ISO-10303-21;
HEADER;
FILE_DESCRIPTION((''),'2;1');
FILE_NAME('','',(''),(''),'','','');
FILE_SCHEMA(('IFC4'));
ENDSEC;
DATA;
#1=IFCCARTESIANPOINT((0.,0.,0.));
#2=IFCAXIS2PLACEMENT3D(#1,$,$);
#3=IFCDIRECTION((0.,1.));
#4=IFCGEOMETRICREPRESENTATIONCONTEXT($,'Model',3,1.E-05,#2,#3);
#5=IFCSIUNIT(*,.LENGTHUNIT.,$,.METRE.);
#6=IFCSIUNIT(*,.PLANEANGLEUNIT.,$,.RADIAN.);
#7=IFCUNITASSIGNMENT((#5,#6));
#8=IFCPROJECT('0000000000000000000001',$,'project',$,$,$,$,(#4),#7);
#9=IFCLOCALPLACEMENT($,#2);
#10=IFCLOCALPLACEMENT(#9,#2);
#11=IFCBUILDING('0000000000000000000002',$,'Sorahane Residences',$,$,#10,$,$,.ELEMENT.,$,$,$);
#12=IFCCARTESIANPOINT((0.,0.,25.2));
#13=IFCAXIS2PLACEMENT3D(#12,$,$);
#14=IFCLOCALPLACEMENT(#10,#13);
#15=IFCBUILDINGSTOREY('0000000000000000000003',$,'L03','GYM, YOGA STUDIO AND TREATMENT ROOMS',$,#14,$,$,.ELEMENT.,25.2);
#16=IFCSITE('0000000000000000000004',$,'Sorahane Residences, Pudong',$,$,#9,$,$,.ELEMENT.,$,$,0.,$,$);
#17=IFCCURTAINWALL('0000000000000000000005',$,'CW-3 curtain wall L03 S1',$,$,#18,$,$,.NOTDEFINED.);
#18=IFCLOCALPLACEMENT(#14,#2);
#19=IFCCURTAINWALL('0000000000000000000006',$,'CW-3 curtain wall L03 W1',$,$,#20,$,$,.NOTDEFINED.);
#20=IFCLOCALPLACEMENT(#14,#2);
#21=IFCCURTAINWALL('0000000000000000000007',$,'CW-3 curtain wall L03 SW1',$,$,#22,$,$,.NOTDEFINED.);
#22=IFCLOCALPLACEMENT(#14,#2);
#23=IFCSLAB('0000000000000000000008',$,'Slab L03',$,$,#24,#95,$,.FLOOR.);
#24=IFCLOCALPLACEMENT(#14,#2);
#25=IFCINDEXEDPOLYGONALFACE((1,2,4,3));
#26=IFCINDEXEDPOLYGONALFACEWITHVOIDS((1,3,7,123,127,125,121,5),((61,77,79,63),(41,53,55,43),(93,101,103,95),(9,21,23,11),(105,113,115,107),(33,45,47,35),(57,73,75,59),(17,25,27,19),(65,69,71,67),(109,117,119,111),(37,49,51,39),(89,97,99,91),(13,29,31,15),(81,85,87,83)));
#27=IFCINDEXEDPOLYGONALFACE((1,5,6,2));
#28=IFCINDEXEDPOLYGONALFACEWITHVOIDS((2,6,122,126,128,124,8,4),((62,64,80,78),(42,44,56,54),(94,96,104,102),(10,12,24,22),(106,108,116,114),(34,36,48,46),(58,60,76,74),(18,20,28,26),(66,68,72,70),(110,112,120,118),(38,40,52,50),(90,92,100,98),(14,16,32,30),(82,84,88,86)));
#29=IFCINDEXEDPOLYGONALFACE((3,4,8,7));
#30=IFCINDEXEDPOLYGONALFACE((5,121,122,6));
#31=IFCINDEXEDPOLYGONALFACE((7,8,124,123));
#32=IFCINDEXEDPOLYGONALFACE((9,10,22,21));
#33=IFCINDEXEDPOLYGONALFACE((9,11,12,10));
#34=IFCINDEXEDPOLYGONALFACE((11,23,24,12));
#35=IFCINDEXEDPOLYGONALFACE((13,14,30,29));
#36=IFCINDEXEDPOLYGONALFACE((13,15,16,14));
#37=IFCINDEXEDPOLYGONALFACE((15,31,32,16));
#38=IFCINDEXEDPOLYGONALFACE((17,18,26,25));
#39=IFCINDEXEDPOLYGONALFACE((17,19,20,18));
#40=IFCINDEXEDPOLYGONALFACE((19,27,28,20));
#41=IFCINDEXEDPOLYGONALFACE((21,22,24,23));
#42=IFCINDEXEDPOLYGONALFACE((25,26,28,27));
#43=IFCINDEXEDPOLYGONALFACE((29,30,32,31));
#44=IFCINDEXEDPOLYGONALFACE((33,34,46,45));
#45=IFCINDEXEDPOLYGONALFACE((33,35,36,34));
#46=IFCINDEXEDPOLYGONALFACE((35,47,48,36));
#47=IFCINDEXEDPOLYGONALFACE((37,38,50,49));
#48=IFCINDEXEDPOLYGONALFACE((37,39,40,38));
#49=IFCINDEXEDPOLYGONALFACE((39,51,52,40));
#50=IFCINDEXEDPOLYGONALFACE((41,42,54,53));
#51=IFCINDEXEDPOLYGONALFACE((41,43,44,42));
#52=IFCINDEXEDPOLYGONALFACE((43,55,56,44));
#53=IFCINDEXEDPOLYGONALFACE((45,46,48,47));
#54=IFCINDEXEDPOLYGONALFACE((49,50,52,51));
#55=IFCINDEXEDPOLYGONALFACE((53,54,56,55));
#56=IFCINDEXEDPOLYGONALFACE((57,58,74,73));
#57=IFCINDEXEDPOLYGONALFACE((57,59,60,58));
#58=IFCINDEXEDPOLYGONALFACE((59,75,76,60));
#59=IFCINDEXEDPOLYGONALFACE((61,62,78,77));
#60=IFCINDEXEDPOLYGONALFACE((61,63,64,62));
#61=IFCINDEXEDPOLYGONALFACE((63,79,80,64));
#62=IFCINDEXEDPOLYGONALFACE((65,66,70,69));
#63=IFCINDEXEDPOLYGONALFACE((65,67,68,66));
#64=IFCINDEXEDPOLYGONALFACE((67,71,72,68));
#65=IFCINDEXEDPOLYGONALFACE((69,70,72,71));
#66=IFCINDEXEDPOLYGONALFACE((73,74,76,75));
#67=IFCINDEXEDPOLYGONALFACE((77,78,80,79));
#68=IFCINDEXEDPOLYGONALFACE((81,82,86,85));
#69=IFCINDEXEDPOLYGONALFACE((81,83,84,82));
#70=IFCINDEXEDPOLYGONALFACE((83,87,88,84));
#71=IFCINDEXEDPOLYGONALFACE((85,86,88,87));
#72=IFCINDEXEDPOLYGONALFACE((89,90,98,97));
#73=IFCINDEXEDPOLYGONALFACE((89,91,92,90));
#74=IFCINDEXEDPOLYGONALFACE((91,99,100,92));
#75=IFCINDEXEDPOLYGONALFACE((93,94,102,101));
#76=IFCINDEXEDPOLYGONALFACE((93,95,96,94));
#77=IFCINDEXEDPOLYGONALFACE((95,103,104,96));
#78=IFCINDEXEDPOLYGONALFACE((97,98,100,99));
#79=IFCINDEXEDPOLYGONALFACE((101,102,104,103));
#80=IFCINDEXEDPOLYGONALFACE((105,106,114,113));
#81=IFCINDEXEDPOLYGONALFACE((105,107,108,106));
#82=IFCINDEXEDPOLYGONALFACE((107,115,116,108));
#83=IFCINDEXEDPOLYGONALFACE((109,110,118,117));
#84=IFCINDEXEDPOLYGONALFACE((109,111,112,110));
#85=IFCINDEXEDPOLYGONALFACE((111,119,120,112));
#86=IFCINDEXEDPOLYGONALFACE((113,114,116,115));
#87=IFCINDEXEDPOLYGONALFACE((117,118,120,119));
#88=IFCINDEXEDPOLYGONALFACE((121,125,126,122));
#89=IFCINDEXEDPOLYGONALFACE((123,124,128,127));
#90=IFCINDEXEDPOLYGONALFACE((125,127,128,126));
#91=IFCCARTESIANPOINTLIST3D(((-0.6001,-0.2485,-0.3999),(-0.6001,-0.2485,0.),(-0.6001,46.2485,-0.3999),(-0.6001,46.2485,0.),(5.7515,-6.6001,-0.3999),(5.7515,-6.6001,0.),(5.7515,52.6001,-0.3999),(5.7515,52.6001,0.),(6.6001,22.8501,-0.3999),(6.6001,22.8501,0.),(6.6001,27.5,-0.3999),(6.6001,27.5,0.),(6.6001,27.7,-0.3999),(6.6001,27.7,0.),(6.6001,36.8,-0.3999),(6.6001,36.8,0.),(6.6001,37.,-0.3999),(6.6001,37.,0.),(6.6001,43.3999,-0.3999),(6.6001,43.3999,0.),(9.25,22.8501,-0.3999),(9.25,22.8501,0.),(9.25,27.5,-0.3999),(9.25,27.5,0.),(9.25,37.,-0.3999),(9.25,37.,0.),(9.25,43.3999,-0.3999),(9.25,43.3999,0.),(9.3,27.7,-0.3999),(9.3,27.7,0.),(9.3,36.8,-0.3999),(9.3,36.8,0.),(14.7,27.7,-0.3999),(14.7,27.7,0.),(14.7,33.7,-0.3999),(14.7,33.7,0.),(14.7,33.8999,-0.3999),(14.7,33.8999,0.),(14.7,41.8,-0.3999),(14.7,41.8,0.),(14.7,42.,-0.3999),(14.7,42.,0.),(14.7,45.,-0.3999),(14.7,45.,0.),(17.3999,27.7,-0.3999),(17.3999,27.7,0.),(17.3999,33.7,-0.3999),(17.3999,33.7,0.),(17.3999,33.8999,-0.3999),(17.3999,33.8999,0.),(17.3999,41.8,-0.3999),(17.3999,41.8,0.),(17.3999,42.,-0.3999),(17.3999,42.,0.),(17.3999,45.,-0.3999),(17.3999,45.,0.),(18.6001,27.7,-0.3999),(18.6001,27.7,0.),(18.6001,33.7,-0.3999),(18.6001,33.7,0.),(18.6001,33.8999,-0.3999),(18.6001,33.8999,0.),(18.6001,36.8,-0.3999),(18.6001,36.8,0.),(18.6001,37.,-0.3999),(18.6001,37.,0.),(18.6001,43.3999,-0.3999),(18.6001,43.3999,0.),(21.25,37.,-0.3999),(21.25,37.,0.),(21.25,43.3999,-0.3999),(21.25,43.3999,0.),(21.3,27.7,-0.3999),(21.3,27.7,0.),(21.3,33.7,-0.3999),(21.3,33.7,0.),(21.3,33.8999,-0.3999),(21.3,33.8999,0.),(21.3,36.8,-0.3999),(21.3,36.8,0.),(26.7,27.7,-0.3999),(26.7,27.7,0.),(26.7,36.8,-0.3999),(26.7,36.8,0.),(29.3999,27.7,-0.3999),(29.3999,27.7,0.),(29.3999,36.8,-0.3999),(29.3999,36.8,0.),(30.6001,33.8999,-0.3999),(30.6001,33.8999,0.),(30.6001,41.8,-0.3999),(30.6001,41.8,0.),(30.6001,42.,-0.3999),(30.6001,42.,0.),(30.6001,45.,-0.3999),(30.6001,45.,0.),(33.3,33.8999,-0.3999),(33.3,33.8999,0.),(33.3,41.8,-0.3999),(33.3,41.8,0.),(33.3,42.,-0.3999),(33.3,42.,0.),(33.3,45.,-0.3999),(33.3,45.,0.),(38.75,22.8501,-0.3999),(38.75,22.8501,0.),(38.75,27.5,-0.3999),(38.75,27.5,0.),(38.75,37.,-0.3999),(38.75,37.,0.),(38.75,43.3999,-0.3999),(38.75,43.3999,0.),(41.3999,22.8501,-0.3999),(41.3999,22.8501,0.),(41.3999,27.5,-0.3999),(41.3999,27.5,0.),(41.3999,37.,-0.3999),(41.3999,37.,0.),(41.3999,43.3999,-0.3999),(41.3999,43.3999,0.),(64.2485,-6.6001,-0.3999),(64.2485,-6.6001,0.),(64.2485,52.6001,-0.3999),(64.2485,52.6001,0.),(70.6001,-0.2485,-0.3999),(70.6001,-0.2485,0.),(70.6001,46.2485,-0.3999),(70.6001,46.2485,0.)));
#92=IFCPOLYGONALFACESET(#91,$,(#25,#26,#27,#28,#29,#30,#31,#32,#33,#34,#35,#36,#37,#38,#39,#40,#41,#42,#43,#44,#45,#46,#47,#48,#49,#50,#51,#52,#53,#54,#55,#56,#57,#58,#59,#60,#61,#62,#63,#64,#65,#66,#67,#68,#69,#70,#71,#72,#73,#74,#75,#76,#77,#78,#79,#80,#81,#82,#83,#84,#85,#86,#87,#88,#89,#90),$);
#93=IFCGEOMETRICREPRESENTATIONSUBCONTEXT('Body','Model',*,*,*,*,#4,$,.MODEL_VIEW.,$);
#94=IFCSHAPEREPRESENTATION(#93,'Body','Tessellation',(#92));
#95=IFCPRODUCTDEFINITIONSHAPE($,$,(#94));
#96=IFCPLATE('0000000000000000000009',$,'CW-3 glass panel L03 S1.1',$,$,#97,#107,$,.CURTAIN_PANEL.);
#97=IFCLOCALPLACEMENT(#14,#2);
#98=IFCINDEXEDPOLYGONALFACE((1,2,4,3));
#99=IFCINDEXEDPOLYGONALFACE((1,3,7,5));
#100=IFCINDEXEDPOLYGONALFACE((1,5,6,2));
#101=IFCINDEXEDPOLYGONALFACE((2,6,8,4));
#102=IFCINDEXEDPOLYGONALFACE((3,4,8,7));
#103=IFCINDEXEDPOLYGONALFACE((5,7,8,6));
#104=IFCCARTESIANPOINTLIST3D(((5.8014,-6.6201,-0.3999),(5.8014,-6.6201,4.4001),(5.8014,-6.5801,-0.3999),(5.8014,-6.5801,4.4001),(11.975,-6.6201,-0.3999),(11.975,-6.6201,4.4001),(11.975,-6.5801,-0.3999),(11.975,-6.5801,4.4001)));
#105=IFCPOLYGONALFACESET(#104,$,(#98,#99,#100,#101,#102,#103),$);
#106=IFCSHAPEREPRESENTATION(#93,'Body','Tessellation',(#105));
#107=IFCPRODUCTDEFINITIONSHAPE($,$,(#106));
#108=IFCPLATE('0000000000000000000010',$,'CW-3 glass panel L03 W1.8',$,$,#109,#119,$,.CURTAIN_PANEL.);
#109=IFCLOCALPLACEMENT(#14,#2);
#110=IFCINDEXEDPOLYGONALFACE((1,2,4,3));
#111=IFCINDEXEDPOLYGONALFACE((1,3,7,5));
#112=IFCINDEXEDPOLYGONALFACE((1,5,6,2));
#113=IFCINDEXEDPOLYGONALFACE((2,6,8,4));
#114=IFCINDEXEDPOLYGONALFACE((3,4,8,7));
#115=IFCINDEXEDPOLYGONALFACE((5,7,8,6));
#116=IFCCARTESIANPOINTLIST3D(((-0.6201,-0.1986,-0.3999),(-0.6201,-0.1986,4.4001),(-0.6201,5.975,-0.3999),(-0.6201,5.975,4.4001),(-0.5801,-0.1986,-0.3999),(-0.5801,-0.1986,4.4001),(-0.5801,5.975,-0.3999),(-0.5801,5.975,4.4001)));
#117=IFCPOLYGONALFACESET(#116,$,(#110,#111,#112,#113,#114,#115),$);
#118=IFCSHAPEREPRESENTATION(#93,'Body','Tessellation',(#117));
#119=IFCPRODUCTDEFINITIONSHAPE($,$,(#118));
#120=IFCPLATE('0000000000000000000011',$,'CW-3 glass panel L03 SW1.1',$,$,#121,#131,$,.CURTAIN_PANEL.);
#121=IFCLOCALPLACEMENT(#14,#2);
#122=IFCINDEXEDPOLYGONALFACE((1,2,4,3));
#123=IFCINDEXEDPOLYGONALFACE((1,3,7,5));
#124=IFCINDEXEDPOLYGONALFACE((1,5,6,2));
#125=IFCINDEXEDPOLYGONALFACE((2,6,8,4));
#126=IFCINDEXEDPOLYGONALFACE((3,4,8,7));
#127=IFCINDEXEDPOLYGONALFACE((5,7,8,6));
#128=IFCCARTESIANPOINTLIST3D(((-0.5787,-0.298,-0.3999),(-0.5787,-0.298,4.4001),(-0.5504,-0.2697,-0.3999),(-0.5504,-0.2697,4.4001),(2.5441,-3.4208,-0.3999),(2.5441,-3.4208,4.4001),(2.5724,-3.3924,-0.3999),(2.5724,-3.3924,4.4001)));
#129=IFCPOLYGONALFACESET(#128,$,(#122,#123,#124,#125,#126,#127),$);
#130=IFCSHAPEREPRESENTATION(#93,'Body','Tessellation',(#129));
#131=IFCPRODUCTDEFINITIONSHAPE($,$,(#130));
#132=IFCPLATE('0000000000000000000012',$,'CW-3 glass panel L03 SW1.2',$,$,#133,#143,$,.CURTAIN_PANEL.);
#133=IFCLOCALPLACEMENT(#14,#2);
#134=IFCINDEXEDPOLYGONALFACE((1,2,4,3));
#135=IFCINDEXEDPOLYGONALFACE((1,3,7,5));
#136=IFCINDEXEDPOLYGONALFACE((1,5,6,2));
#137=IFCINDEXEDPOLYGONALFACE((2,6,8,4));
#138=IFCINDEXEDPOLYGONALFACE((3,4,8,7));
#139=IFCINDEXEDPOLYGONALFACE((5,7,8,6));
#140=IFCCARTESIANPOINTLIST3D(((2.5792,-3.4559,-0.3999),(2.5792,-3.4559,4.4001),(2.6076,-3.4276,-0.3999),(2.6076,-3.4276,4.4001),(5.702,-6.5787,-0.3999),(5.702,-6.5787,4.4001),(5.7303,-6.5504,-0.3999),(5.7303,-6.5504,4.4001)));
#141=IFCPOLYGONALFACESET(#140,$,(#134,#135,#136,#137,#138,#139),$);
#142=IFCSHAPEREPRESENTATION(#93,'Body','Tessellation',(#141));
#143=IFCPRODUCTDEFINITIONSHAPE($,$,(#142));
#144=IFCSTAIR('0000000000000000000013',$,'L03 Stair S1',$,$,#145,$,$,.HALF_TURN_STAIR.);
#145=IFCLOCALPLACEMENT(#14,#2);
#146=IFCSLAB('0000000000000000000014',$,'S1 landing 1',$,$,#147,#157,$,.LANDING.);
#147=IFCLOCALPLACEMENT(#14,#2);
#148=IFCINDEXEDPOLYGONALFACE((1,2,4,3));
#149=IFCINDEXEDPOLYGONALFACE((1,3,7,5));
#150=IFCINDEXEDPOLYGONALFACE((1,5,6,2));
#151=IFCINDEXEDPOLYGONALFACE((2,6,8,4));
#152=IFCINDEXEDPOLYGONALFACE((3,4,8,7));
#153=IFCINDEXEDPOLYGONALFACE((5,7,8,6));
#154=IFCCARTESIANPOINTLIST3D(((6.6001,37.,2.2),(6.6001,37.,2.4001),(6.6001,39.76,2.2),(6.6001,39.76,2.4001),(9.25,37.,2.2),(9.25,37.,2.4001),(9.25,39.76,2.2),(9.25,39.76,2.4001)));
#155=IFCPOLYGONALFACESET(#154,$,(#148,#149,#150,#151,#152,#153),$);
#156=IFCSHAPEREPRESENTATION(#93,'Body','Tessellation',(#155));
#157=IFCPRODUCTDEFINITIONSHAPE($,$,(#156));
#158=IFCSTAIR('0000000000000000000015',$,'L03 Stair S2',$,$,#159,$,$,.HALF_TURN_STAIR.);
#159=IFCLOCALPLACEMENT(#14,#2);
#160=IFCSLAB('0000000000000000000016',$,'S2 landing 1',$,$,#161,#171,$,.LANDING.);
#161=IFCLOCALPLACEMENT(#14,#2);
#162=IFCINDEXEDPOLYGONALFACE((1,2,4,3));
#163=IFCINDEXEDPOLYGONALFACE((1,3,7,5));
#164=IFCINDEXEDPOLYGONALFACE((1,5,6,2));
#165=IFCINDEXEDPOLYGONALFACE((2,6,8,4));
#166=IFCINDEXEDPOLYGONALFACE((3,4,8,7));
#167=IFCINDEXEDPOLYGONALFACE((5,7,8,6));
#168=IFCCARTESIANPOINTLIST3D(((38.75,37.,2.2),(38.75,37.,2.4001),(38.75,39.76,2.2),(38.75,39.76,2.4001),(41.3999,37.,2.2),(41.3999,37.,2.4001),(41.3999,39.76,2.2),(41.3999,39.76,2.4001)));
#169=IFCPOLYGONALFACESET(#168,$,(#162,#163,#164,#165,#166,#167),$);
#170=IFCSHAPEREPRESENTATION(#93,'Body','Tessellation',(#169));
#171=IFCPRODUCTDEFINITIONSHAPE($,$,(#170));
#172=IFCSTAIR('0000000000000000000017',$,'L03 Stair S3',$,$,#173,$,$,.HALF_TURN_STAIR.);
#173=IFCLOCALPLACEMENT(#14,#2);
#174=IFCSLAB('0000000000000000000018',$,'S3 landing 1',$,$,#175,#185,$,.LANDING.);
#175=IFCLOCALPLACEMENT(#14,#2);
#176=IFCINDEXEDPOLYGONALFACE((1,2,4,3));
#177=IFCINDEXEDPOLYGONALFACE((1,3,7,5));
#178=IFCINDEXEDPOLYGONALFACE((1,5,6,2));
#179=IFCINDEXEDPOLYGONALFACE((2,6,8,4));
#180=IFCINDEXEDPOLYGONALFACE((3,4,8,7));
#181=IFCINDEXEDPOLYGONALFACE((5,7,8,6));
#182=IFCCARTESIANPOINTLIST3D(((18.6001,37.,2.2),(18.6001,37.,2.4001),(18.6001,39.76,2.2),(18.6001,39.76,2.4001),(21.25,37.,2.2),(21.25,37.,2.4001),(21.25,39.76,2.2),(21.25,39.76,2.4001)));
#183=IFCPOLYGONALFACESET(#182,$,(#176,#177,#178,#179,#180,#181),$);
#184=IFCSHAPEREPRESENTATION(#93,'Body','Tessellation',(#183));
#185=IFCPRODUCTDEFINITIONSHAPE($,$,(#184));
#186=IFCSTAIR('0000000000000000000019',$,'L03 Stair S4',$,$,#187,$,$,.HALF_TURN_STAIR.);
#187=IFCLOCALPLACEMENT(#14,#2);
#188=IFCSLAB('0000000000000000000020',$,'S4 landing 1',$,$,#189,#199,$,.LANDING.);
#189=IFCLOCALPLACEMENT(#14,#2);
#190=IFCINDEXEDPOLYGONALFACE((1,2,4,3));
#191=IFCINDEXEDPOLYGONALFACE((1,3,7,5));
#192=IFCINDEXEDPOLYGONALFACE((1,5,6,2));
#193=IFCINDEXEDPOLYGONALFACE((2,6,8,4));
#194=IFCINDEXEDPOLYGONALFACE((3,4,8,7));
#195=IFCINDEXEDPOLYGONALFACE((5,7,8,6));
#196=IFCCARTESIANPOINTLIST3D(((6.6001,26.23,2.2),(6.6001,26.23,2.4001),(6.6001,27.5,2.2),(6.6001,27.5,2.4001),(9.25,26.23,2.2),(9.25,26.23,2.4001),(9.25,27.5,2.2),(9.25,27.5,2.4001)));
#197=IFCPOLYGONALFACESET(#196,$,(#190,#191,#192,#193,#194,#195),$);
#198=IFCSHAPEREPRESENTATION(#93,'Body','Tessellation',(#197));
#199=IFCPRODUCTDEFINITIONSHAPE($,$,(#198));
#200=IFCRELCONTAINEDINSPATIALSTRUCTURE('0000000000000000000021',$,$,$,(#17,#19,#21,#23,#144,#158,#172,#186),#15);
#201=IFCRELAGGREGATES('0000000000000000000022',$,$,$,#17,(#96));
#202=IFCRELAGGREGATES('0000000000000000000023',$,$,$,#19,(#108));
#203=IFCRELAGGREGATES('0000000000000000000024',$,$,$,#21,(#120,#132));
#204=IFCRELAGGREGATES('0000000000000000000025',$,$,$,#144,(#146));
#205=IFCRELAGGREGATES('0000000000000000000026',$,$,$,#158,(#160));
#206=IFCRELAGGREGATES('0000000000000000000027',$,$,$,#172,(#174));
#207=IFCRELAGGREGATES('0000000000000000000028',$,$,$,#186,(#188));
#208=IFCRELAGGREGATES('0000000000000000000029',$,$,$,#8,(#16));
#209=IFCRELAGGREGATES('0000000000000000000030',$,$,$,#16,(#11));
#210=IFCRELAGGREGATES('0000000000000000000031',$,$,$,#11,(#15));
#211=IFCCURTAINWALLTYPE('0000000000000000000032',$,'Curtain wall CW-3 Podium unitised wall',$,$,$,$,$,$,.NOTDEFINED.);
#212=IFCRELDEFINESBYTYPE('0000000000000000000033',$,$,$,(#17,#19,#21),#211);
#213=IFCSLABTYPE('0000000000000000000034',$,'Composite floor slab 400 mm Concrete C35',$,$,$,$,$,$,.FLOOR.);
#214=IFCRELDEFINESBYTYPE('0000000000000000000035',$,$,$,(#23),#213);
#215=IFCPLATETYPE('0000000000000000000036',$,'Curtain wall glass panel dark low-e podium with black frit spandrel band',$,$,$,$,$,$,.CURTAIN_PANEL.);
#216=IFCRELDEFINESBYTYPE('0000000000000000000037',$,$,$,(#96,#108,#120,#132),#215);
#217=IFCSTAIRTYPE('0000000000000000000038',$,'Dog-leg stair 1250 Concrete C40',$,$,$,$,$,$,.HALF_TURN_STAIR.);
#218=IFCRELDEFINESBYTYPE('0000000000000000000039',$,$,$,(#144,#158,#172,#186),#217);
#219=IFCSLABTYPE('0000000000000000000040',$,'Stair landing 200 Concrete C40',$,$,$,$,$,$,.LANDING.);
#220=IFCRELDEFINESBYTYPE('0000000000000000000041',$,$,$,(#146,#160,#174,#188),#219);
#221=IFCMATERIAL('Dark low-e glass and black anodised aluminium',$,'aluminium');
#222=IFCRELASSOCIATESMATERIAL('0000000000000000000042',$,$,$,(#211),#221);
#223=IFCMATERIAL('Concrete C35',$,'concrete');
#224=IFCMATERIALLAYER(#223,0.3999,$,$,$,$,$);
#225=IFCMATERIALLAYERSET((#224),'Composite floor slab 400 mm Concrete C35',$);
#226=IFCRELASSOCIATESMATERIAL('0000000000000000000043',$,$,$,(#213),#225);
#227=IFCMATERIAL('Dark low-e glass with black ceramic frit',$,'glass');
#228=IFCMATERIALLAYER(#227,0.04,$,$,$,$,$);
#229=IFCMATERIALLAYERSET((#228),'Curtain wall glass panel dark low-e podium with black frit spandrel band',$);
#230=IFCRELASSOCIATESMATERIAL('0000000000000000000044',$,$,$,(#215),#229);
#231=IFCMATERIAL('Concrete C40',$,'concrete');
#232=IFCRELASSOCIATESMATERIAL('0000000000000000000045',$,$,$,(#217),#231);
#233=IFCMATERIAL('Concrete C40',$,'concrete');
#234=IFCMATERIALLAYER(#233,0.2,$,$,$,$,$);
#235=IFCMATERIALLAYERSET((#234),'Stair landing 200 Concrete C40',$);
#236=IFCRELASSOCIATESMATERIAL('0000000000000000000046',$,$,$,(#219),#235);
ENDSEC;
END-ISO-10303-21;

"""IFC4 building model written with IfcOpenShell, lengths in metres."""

from ifc_helpers import new_model, si_unit, direction, frame, origin, origin_2d, place, context, subcontext, project, spatial, polyline, rectangle, outline, extrude, material, layer, layer_set, type_object, element, aggregate, save


model = new_model("IFC4")

# Units and contexts
model_context = context("Model", 3, precision=1e-05, world=origin(), true_north=direction((0.0, 1.0)))
body_context = subcontext(model_context, "Body", "Model", "MODEL_VIEW")
ifc_project = project(units=[si_unit("LENGTHUNIT", "METRE"), si_unit("PLANEANGLEUNIT", "RADIAN")], contexts=[model_context])

# Site, building, storey
site_placement = place(None, origin())
site = spatial("IfcSite", under=ifc_project, at=site_placement, Name="Sorahane Residences, Pudong", CompositionType="ELEMENT", RefElevation=0.0)
building_placement = place(site_placement, origin())
building = spatial("IfcBuilding", under=site, at=building_placement, Name="Sorahane Residences", CompositionType="ELEMENT")
storey_placement = place(building_placement, frame((0.0, 0.0, 25.2)))
storey = spatial("IfcBuildingStorey", under=building, at=storey_placement, Name="L03", Description="GYM, YOGA STUDIO AND TREATMENT ROOMS", CompositionType="ELEMENT", Elevation=25.2)

# Curtain walls
ifc_material_1 = material(Name="Dark low-e glass and black anodised aluminium", Category="aluminium")
curtain_wall_type = type_object("IfcCurtainWallType", Name="Curtain wall CW-3 Podium unitised wall", PredefinedType="NOTDEFINED", material=ifc_material_1)
curtain_wall_1_placement = place(storey_placement, origin())
curtain_wall_1 = element("IfcCurtainWall", 1, at=curtain_wall_1_placement, inside=storey, type_object=curtain_wall_type, Name="CW-3 curtain wall L03 S1", PredefinedType="NOTDEFINED")
curtain_wall_2_placement = place(storey_placement, origin())
curtain_wall_2 = element("IfcCurtainWall", 2, at=curtain_wall_2_placement, inside=storey, type_object=curtain_wall_type, Name="CW-3 curtain wall L03 W1", PredefinedType="NOTDEFINED")

# Curtain wall
curtain_wall_3_placement = place(storey_placement, origin())
curtain_wall_3 = element("IfcCurtainWall", 3, at=curtain_wall_3_placement, inside=storey, type_object=curtain_wall_type, Name="CW-3 curtain wall L03 SW1", PredefinedType="NOTDEFINED")

# Slab
ifc_material_2 = material(Name="Concrete C35", Category="concrete")
ifc_layer_1 = layer(ifc_material_2, 0.3999)
ifc_layer_set_1 = layer_set([ifc_layer_1], Name="Composite floor slab 400 mm Concrete C35")
slab_type_1 = type_object("IfcSlabType", Name="Composite floor slab 400 mm Concrete C35", PredefinedType="FLOOR", material=ifc_layer_set_1)
slab_1_placement = place(storey_placement, frame((0.0, 0.0, -0.3999)))
element("IfcSlab", 4, at=slab_1_placement, inside=storey, type_object=slab_type_1, Name="Slab L03", PredefinedType="FLOOR", context=body_context, shape_type="SweptSolid", body=[
    extrude(outline(polyline([(5.7515, -6.6001), (-0.6001, -0.2485), (-0.6001, 46.2485), (5.7515, 52.6001), (64.2485, 52.6001), (70.6001, 46.2485), (70.6001, -0.2485), (64.2485, -6.6001), (5.7515, -6.6001)]), holes=[polyline([(18.6001, 27.7), (21.3, 27.7), (21.3, 33.7), (18.6001, 33.7), (18.6001, 27.7)]), polyline([(30.6001, 42.0), (33.3, 42.0), (33.3, 45.0), (30.6001, 45.0), (30.6001, 42.0)]), polyline([(14.7, 27.7), (17.3999, 27.7), (17.3999, 33.7), (14.7, 33.7), (14.7, 27.7)]), polyline([(14.7, 42.0), (17.3999, 42.0), (17.3999, 45.0), (14.7, 45.0), (14.7, 42.0)]), polyline([(6.6001, 27.7), (9.3, 27.7), (9.3, 36.8), (6.6001, 36.8), (6.6001, 27.7)]), polyline([(6.6001, 43.3999), (6.6001, 37.0), (9.25, 37.0), (9.25, 43.3999), (6.6001, 43.3999)]), polyline([(38.75, 43.3999), (38.75, 37.0), (41.3999, 37.0), (41.3999, 43.3999), (38.75, 43.3999)]), polyline([(18.6001, 43.3999), (18.6001, 37.0), (21.25, 37.0), (21.25, 43.3999), (18.6001, 43.3999)]), polyline([(9.25, 22.8501), (9.25, 27.5), (6.6001, 27.5), (6.6001, 22.8501), (9.25, 22.8501)]), polyline([(41.3999, 22.8501), (41.3999, 27.5), (38.75, 27.5), (38.75, 22.8501), (41.3999, 22.8501)]), polyline([(14.7, 33.8999), (17.3999, 33.8999), (17.3999, 41.8), (14.7, 41.8), (14.7, 33.8999)]), polyline([(30.6001, 33.8999), (33.3, 33.8999), (33.3, 41.8), (30.6001, 41.8), (30.6001, 33.8999)]), polyline([(18.6001, 33.8999), (21.3, 33.8999), (21.3, 36.8), (18.6001, 36.8), (18.6001, 33.8999)]), polyline([(26.7, 27.7), (29.3999, 27.7), (29.3999, 36.8), (26.7, 36.8), (26.7, 27.7)])]), origin(), (0.0, 0.0, 1.0), 0.3999),
])

# Plates
ifc_material_3 = material(Name="Dark low-e glass with black ceramic frit", Category="glass")
ifc_layer_2 = layer(ifc_material_3, 0.04)
ifc_layer_set_2 = layer_set([ifc_layer_2], Name="Curtain wall glass panel dark low-e podium with black frit spandrel band")
plate_type = type_object("IfcPlateType", Name="Curtain wall glass panel dark low-e podium with black frit spandrel band", PredefinedType="CURTAIN_PANEL", material=ifc_layer_set_2)
plate_1_placement = place(storey_placement, frame((8.8882, -6.6001, -0.3999), z_axis=(0.0, 0.0, 1.0), x_axis=(1.0, 0.0, 0.0)))
plate_1 = element("IfcPlate", 5, at=plate_1_placement, type_object=plate_type, Name="CW-3 glass panel L03 S1.1", PredefinedType="CURTAIN_PANEL", context=body_context, shape_type="SweptSolid", body=[
    extrude(rectangle(XDim=6.1736, YDim=0.04, at=origin_2d()), origin(), (0.0, 0.0, 1.0), 4.8),
])
aggregate(curtain_wall_1, [plate_1])
plate_2_placement = place(storey_placement, frame((-0.6001, 2.8882, -0.3999), z_axis=(0.0, 0.0, 1.0), x_axis=(0.0, -1.0, 0.0)))
plate_2 = element("IfcPlate", 6, at=plate_2_placement, type_object=plate_type, Name="CW-3 glass panel L03 W1.8", PredefinedType="CURTAIN_PANEL", context=body_context, shape_type="SweptSolid", body=[
    extrude(rectangle(XDim=6.1736, YDim=0.04, at=origin_2d()), origin(), (0.0, 0.0, 1.0), 4.8),
])
aggregate(curtain_wall_2, [plate_2])
plate_3_placement = place(storey_placement, frame((0.9968, -1.8452, -0.3999), z_axis=(0.0, 0.0, 1.0), x_axis=(0.707107, -0.707107, 0.0)))
plate_3 = element("IfcPlate", 7, at=plate_3_placement, type_object=plate_type, Name="CW-3 glass panel L03 SW1.1", PredefinedType="CURTAIN_PANEL", context=body_context, shape_type="SweptSolid", body=[
    extrude(rectangle(XDim=4.4163, YDim=0.04, at=origin_2d()), origin(), (0.0, 0.0, 1.0), 4.8),
])
plate_4_placement = place(storey_placement, frame((4.1548, -5.0032, -0.3999), z_axis=(0.0, 0.0, 1.0), x_axis=(0.707107, -0.707107, 0.0)))
plate_4 = element("IfcPlate", 8, at=plate_4_placement, type_object=plate_type, Name="CW-3 glass panel L03 SW1.2", PredefinedType="CURTAIN_PANEL", context=body_context, shape_type="SweptSolid", body=[
    extrude(rectangle(XDim=4.4163, YDim=0.04, at=origin_2d()), origin(), (0.0, 0.0, 1.0), 4.8),
])
aggregate(curtain_wall_3, [plate_3, plate_4])

# Stairs, slabs
ifc_material_4 = material(Name="Concrete C40", Category="concrete")
stair_type = type_object("IfcStairType", Name="Dog-leg stair 1250 Concrete C40", PredefinedType="HALF_TURN_STAIR", material=ifc_material_4)
stair_1_placement = place(storey_placement, origin())
stair_1 = element("IfcStair", 9, at=stair_1_placement, inside=storey, type_object=stair_type, Name="L03 Stair S1", PredefinedType="HALF_TURN_STAIR")
ifc_material_5 = material(Name="Concrete C40", Category="concrete")
ifc_layer_3 = layer(ifc_material_5, 0.2)
ifc_layer_set_3 = layer_set([ifc_layer_3], Name="Stair landing 200 Concrete C40")
slab_type_2 = type_object("IfcSlabType", Name="Stair landing 200 Concrete C40", PredefinedType="LANDING", material=ifc_layer_set_3)
slab_2_placement = place(storey_placement, frame((0.0, 0.0, 2.2)))
slab_2 = element("IfcSlab", 10, at=slab_2_placement, type_object=slab_type_2, Name="S1 landing 1", PredefinedType="LANDING", context=body_context, shape_type="SweptSolid", body=[
    extrude(outline(polyline([(6.6001, 39.76), (6.6001, 37.0), (9.25, 37.0), (9.25, 39.76), (6.6001, 39.76)])), origin(), (0.0, 0.0, 1.0), 0.2002),
])
aggregate(stair_1, [slab_2])
stair_2_placement = place(storey_placement, origin())
stair_2 = element("IfcStair", 11, at=stair_2_placement, inside=storey, type_object=stair_type, Name="L03 Stair S2", PredefinedType="HALF_TURN_STAIR")
slab_3_placement = place(storey_placement, frame((0.0, 0.0, 2.2)))
slab_3 = element("IfcSlab", 12, at=slab_3_placement, type_object=slab_type_2, Name="S2 landing 1", PredefinedType="LANDING", context=body_context, shape_type="SweptSolid", body=[
    extrude(outline(polyline([(38.75, 39.76), (38.75, 37.0), (41.3999, 37.0), (41.3999, 39.76), (38.75, 39.76)])), origin(), (0.0, 0.0, 1.0), 0.2002),
])
aggregate(stair_2, [slab_3])
stair_3_placement = place(storey_placement, origin())
stair_3 = element("IfcStair", 13, at=stair_3_placement, inside=storey, type_object=stair_type, Name="L03 Stair S3", PredefinedType="HALF_TURN_STAIR")
slab_4_placement = place(storey_placement, frame((0.0, 0.0, 2.2)))
slab_4 = element("IfcSlab", 14, at=slab_4_placement, type_object=slab_type_2, Name="S3 landing 1", PredefinedType="LANDING", context=body_context, shape_type="SweptSolid", body=[
    extrude(outline(polyline([(18.6001, 39.76), (18.6001, 37.0), (21.25, 37.0), (21.25, 39.76), (18.6001, 39.76)])), origin(), (0.0, 0.0, 1.0), 0.2002),
])
aggregate(stair_3, [slab_4])
stair_4_placement = place(storey_placement, origin())
stair_4 = element("IfcStair", 15, at=stair_4_placement, inside=storey, type_object=stair_type, Name="L03 Stair S4", PredefinedType="HALF_TURN_STAIR")
slab_5_placement = place(storey_placement, frame((0.0, 0.0, 2.2)))
slab_5 = element("IfcSlab", 16, at=slab_5_placement, type_object=slab_type_2, Name="S4 landing 1", PredefinedType="LANDING", context=body_context, shape_type="SweptSolid", body=[
    extrude(outline(polyline([(9.25, 26.23), (9.25, 27.5), (6.6001, 27.5), (6.6001, 26.23), (9.25, 26.23)])), origin(), (0.0, 0.0, 1.0), 0.2002),
])
aggregate(stair_4, [slab_5])

save(model, "model.ifc")
